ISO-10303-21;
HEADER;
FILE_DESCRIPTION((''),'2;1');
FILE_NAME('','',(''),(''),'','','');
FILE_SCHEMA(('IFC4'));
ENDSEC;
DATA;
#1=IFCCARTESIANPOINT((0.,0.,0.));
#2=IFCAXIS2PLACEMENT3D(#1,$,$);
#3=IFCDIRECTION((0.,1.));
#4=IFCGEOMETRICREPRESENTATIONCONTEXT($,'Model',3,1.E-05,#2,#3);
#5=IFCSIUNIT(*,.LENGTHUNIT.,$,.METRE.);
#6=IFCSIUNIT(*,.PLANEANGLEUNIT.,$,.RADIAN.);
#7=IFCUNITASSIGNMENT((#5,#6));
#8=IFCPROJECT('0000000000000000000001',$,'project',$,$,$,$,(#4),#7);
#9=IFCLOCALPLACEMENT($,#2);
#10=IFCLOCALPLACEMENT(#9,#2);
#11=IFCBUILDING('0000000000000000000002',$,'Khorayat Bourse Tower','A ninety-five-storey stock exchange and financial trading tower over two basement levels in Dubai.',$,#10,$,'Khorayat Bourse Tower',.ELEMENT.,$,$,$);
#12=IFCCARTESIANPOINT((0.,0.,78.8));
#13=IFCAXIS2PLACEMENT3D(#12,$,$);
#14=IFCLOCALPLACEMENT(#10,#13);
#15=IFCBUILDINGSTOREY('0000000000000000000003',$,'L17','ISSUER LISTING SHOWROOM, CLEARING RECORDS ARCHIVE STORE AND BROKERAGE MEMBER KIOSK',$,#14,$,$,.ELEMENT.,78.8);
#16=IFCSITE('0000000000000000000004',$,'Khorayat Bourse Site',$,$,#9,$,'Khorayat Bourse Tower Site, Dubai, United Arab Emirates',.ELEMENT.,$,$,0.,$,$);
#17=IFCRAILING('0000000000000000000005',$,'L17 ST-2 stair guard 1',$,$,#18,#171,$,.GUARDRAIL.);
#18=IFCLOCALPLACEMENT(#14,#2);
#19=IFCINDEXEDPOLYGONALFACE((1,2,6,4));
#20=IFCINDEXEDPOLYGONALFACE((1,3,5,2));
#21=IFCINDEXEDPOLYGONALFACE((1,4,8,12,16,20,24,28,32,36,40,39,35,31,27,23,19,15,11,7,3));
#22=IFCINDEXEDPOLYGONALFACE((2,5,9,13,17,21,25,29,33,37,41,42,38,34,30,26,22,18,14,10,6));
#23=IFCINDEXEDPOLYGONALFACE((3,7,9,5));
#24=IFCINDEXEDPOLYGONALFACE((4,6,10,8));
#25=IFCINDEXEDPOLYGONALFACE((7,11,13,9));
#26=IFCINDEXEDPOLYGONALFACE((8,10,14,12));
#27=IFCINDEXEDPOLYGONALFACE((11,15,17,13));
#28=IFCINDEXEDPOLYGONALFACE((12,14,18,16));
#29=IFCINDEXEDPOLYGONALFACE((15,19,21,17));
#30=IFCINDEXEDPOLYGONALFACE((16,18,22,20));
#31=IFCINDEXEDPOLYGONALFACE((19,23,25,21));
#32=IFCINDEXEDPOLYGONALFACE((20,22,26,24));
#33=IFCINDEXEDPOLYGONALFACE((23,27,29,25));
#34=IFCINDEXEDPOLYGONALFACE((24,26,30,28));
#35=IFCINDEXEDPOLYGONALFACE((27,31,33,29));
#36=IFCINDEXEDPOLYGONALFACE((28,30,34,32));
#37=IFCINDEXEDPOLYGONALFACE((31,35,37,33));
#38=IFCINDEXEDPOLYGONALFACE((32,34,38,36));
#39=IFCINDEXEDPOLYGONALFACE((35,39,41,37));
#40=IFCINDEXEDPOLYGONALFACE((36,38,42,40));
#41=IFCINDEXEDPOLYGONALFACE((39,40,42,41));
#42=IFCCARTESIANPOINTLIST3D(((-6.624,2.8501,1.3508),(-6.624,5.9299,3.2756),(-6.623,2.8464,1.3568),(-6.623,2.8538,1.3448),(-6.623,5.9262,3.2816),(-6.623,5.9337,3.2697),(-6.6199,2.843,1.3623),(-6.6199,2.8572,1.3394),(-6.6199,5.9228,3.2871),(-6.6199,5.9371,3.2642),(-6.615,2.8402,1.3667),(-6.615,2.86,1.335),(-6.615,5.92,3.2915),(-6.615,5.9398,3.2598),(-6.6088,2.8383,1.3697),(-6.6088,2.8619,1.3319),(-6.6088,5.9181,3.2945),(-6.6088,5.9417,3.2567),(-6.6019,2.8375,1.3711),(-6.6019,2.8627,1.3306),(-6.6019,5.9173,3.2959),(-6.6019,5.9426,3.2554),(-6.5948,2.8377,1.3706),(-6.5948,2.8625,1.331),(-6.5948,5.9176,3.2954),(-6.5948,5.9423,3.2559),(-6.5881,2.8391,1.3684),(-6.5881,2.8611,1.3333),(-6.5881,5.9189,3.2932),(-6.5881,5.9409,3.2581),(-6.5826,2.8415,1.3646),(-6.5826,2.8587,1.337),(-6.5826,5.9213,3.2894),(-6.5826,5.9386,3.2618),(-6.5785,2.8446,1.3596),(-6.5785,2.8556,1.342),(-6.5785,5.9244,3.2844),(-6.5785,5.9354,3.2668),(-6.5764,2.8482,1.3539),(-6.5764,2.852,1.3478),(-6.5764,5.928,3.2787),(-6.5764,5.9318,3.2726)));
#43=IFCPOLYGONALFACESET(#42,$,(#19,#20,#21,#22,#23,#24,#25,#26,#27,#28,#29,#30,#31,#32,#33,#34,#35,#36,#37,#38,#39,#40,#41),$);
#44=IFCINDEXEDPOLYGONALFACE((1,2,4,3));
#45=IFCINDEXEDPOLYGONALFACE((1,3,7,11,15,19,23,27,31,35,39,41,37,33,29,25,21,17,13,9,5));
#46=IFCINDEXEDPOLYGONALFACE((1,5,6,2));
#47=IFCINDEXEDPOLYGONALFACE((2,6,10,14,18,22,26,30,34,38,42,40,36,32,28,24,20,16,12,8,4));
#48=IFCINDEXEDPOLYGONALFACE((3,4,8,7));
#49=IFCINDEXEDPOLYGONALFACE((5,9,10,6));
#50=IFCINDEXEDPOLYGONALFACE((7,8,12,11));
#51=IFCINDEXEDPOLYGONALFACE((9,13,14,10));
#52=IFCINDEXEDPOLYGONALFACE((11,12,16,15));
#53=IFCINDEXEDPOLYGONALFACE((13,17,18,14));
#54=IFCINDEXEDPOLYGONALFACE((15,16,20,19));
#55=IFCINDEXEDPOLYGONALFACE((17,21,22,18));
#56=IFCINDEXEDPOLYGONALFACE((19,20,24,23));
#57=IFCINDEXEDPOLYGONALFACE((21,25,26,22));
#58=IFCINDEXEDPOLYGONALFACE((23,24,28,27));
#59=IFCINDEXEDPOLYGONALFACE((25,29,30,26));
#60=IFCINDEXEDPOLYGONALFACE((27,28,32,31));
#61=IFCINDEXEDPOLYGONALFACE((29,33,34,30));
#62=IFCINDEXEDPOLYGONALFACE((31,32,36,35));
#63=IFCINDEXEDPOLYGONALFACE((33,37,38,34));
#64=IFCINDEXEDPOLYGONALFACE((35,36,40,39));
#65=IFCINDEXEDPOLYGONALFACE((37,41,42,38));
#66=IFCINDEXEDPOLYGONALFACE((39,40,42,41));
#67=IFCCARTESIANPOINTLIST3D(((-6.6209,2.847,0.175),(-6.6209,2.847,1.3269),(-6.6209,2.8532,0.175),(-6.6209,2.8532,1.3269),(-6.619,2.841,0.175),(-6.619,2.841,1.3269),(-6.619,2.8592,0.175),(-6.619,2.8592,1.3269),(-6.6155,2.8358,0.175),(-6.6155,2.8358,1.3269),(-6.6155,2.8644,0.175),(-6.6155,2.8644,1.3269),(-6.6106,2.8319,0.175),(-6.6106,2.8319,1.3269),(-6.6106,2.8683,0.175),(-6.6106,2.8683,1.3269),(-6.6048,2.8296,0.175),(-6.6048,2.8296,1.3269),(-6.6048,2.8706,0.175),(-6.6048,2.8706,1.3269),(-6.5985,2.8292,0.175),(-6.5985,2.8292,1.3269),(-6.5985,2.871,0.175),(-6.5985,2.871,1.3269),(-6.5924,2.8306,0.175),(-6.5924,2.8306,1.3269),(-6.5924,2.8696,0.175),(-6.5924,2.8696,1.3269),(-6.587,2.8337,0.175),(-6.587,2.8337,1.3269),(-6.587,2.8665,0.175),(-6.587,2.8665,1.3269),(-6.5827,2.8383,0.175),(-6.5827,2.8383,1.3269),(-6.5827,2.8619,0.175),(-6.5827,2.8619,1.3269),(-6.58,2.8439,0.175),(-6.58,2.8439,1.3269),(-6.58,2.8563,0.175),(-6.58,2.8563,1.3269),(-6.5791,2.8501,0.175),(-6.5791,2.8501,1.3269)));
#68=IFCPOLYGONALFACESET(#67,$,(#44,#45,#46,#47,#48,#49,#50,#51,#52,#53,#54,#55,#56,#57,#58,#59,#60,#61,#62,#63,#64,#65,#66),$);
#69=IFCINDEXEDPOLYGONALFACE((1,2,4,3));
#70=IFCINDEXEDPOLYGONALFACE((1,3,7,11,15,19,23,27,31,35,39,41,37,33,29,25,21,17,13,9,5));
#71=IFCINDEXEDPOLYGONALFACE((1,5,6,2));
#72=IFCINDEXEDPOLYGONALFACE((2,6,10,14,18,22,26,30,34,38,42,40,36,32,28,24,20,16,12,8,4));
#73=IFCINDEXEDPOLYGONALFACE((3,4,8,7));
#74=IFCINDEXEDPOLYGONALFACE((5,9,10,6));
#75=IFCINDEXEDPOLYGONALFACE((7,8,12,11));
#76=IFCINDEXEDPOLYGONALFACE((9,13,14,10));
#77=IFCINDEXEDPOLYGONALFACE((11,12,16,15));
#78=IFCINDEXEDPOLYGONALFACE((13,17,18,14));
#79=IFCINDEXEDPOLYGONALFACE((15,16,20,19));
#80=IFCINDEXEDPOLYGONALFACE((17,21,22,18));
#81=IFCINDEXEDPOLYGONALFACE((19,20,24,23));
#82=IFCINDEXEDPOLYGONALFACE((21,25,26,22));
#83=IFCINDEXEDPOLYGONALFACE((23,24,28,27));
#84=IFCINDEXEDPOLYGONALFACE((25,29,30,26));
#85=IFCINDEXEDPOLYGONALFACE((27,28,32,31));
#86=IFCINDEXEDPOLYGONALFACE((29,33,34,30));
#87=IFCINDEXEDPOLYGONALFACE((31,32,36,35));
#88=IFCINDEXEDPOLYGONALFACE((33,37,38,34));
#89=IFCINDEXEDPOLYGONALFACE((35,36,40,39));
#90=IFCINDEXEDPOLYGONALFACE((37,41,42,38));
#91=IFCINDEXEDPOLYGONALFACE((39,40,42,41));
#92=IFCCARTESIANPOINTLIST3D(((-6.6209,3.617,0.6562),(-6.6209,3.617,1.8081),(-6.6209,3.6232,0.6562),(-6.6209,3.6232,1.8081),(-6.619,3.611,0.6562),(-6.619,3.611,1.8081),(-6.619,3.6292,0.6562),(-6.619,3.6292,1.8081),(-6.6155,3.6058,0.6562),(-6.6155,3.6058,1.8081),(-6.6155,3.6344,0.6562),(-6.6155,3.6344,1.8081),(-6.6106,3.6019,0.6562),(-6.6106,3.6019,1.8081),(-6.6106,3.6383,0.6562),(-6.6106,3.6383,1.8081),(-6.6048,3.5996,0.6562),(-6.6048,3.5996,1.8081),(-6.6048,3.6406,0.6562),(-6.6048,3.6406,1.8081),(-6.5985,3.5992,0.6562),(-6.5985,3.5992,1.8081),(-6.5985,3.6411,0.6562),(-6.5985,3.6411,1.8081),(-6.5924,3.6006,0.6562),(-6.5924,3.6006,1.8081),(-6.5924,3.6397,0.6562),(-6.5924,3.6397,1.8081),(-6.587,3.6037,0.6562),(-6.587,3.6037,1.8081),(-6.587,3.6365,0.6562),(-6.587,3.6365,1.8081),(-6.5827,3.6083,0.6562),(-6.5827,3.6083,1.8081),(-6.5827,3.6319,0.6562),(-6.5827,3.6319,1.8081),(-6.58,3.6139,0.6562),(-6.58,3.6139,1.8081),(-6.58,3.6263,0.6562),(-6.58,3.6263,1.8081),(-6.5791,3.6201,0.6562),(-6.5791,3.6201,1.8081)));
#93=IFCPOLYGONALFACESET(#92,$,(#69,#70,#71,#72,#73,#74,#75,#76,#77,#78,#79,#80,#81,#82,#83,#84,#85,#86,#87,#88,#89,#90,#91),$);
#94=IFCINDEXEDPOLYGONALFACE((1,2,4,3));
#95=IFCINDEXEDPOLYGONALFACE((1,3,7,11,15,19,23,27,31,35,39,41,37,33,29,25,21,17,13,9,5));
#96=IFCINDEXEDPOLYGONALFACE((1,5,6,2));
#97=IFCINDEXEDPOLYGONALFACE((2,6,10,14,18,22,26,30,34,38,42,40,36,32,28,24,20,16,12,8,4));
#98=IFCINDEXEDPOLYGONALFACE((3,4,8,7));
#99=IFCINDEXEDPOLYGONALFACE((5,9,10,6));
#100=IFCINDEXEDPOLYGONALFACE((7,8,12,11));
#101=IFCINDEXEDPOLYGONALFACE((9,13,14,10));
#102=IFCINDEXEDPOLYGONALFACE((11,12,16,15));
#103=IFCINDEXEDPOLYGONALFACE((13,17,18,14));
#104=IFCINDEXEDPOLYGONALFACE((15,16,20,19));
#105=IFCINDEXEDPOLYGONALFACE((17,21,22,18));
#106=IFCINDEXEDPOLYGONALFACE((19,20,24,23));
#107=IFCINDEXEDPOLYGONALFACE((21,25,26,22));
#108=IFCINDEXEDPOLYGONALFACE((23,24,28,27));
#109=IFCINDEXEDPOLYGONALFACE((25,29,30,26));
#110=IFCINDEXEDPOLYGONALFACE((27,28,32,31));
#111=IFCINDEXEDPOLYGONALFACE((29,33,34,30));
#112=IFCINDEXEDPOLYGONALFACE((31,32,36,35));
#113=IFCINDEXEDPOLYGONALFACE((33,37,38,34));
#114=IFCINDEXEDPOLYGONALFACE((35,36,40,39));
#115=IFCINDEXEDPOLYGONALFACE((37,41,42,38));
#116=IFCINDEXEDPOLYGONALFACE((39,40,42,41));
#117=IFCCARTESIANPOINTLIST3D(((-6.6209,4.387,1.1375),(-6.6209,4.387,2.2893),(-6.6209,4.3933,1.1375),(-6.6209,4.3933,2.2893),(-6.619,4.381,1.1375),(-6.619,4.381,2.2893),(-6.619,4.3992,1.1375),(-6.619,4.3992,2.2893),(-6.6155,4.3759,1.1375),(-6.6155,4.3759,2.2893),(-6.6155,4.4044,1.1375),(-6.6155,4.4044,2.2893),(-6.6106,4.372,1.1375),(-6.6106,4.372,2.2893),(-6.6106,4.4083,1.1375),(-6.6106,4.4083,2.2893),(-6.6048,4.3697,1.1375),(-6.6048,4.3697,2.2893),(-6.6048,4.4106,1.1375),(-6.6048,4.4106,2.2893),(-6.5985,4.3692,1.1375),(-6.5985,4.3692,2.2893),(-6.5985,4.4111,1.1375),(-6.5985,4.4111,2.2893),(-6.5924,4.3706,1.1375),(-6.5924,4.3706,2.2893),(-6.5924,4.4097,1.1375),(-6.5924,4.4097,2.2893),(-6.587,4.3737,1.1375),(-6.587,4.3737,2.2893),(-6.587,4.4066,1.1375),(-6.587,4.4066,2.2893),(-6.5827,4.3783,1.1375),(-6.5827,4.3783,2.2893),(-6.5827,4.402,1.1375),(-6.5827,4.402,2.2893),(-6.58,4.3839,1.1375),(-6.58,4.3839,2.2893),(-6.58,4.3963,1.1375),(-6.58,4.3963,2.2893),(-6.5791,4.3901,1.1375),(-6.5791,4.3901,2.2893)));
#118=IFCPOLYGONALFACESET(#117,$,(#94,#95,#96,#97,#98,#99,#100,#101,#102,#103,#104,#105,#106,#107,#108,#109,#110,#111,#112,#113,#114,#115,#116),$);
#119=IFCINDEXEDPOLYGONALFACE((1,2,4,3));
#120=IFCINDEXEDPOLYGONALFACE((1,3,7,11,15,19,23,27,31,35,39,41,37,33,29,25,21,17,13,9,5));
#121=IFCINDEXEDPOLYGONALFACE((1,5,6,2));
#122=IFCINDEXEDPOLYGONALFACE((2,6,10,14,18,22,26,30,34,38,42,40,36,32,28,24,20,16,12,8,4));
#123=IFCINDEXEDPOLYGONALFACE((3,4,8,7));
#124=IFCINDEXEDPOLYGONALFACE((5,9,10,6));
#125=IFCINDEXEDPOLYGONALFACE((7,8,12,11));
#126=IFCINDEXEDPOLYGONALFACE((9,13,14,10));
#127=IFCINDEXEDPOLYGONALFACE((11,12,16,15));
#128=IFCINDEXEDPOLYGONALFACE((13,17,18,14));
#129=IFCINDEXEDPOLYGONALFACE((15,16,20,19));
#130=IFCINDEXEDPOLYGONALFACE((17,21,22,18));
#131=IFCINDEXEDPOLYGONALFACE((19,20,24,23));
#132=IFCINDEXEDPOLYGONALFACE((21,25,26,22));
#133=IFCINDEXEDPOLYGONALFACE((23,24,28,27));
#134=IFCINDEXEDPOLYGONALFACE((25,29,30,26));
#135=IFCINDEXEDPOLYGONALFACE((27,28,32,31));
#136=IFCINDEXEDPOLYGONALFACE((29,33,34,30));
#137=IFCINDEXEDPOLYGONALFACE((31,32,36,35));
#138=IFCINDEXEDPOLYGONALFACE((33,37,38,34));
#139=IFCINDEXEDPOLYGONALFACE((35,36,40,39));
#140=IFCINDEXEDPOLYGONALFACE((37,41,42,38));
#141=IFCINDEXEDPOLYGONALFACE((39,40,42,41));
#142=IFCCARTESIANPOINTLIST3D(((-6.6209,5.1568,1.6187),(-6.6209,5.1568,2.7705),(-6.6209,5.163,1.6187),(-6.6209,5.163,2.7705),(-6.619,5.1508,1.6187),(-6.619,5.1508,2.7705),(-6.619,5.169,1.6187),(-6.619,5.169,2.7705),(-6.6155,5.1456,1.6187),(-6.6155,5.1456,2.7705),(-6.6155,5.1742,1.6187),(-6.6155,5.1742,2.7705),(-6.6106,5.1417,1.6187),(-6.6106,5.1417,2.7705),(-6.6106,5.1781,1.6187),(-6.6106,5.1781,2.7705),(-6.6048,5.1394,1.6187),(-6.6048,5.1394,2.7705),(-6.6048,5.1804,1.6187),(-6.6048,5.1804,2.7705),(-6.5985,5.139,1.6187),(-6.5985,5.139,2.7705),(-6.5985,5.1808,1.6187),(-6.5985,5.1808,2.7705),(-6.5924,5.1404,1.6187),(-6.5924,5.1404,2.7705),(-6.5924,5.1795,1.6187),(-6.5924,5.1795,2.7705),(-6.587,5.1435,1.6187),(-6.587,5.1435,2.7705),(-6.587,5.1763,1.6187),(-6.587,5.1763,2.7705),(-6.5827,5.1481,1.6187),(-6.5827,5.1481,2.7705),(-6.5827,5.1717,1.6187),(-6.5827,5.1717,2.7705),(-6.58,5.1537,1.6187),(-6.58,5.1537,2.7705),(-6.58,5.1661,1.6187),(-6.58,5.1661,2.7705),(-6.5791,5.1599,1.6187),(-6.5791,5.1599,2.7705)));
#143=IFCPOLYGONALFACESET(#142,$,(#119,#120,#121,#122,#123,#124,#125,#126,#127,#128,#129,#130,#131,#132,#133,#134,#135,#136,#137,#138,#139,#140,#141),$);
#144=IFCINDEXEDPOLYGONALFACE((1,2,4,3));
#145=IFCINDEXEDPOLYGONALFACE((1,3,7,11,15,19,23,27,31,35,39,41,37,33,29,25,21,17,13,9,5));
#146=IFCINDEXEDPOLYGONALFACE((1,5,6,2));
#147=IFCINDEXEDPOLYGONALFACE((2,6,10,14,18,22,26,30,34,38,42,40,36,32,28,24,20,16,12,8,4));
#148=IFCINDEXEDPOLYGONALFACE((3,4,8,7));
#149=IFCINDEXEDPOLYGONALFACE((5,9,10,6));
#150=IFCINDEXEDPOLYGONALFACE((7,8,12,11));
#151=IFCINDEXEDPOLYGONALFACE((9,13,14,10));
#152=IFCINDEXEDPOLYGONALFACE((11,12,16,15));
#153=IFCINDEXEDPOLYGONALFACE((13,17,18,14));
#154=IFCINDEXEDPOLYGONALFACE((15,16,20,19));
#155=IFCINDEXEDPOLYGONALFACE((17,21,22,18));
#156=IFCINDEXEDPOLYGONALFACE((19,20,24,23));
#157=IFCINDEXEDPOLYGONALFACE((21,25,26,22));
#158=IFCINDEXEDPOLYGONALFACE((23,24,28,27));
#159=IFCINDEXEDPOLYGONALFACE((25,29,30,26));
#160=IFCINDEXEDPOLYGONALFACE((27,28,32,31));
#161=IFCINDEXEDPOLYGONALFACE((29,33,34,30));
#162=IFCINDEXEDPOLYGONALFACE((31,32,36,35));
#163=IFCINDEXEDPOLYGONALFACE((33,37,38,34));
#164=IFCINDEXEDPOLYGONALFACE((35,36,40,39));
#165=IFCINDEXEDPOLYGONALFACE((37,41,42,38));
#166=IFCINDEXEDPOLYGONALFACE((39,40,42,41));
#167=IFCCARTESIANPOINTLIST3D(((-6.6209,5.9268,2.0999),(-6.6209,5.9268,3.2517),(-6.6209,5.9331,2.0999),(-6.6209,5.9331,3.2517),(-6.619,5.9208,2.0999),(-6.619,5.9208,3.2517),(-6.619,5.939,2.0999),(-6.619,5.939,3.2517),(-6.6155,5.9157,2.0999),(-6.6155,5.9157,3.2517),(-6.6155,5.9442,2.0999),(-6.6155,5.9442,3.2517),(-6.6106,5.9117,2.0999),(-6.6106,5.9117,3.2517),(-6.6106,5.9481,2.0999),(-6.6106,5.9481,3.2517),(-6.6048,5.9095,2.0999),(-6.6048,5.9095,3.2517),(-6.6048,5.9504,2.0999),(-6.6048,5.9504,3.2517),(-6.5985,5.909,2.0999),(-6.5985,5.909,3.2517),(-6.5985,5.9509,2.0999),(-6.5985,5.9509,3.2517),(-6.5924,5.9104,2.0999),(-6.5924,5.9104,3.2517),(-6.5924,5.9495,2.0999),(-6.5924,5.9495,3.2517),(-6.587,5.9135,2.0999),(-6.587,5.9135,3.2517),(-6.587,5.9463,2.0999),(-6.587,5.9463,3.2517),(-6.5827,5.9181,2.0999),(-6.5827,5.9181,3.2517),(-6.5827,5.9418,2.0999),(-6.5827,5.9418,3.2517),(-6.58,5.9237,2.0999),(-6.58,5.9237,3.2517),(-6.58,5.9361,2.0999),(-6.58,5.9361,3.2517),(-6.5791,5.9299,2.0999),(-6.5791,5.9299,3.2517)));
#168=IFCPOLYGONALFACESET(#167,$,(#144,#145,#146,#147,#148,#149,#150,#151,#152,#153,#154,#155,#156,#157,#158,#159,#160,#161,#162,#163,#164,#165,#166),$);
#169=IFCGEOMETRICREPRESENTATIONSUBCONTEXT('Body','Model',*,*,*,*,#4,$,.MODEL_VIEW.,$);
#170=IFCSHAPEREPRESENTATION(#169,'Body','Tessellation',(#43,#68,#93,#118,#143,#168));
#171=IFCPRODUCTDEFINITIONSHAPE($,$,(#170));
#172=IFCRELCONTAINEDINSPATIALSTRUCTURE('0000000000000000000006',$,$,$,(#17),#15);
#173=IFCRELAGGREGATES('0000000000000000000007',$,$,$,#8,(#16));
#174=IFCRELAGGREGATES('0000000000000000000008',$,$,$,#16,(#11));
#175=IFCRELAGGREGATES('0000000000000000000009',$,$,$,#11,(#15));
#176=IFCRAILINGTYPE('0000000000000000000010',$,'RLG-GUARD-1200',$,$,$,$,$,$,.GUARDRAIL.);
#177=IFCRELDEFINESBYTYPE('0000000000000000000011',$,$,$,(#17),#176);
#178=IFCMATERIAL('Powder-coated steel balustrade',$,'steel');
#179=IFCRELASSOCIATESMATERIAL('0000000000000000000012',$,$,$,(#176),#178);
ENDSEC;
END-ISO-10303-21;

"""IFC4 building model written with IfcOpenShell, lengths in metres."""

from ifc_helpers import new_model, si_unit, direction, frame, origin, origin_2d, place, context, subcontext, project, spatial, circle, extrude, source, transform, mapped, material, type_object, element, save


model = new_model("IFC4")

# Units and contexts
model_context = context("Model", 3, precision=1e-05, world=origin(), true_north=direction((0.0, 1.0)))
body_context = subcontext(model_context, "Body", "Model", "MODEL_VIEW")
ifc_project = project(units=[si_unit("LENGTHUNIT", "METRE"), si_unit("PLANEANGLEUNIT", "RADIAN")], contexts=[model_context])

# Site, building, storey
site_placement = place(None, origin())
site = spatial("IfcSite", under=ifc_project, at=site_placement, Name="Khorayat Bourse Site", LongName="Khorayat Bourse Tower Site, Dubai, United Arab Emirates", CompositionType="ELEMENT", RefElevation=0.0)
building_placement = place(site_placement, origin())
building = spatial("IfcBuilding", under=site, at=building_placement, Name="Khorayat Bourse Tower", Description="A ninety-five-storey stock exchange and financial trading tower over two basement levels in Dubai.", LongName="Khorayat Bourse Tower", CompositionType="ELEMENT")
storey_placement = place(building_placement, frame((0.0, 0.0, 78.8)))
storey = spatial("IfcBuildingStorey", under=building, at=storey_placement, Name="L17", Description="ISSUER LISTING SHOWROOM, CLEARING RECORDS ARCHIVE STORE AND BROKERAGE MEMBER KIOSK", CompositionType="ELEMENT", Elevation=78.8)

# Railing
ifc_material_1 = material(Name="Powder-coated steel balustrade", Category="steel")
railing_type_1 = type_object("IfcRailingType", Name="RLG-GUARD-1200", PredefinedType="GUARDRAIL", material=ifc_material_1)
shared_shape_1 = source(origin(), body_context, "Body", "SweptSolid", [
    extrude(circle(Radius=0.0239, at=origin_2d()), frame((0.0, 0.0, 1.1758), z_axis=(0.0, 0.84801, 0.529981), x_axis=(-1.0, 0.0, 0.0)), (0.0, 0.0, 1.0), 3.6318),
    extrude(circle(Radius=0.021, at=origin_2d()), origin(), (0.0, 0.0, 1.0), 1.1519),
    extrude(circle(Radius=0.021, at=origin_2d()), frame((0.0, 0.77, 0.4812)), (0.0, 0.0, 1.0), 1.1519),
    extrude(circle(Radius=0.021, at=origin_2d()), frame((0.0, 1.54, 0.9624)), (0.0, 0.0, 1.0), 1.1519),
    extrude(circle(Radius=0.021, at=origin_2d()), frame((0.0, 2.3098, 1.4436)), (0.0, 0.0, 1.0), 1.1519),
    extrude(circle(Radius=0.021, at=origin_2d()), frame((0.0, 3.0798, 1.9248)), (0.0, 0.0, 1.0), 1.1519),
])
railing_1_placement = place(storey_placement, frame((-6.6001, 2.8501, 0.175)))
element("IfcRailing", 1, at=railing_1_placement, inside=storey, type_object=railing_type_1, Name="L17 ST-2 stair guard 1", PredefinedType="GUARDRAIL", context=body_context, shape_type="MappedRepresentation", body=[
    mapped(shared_shape_1, transform((0.0, 0.0, 0.0), scale=1.0)),
])

save(model, "model.ifc")
